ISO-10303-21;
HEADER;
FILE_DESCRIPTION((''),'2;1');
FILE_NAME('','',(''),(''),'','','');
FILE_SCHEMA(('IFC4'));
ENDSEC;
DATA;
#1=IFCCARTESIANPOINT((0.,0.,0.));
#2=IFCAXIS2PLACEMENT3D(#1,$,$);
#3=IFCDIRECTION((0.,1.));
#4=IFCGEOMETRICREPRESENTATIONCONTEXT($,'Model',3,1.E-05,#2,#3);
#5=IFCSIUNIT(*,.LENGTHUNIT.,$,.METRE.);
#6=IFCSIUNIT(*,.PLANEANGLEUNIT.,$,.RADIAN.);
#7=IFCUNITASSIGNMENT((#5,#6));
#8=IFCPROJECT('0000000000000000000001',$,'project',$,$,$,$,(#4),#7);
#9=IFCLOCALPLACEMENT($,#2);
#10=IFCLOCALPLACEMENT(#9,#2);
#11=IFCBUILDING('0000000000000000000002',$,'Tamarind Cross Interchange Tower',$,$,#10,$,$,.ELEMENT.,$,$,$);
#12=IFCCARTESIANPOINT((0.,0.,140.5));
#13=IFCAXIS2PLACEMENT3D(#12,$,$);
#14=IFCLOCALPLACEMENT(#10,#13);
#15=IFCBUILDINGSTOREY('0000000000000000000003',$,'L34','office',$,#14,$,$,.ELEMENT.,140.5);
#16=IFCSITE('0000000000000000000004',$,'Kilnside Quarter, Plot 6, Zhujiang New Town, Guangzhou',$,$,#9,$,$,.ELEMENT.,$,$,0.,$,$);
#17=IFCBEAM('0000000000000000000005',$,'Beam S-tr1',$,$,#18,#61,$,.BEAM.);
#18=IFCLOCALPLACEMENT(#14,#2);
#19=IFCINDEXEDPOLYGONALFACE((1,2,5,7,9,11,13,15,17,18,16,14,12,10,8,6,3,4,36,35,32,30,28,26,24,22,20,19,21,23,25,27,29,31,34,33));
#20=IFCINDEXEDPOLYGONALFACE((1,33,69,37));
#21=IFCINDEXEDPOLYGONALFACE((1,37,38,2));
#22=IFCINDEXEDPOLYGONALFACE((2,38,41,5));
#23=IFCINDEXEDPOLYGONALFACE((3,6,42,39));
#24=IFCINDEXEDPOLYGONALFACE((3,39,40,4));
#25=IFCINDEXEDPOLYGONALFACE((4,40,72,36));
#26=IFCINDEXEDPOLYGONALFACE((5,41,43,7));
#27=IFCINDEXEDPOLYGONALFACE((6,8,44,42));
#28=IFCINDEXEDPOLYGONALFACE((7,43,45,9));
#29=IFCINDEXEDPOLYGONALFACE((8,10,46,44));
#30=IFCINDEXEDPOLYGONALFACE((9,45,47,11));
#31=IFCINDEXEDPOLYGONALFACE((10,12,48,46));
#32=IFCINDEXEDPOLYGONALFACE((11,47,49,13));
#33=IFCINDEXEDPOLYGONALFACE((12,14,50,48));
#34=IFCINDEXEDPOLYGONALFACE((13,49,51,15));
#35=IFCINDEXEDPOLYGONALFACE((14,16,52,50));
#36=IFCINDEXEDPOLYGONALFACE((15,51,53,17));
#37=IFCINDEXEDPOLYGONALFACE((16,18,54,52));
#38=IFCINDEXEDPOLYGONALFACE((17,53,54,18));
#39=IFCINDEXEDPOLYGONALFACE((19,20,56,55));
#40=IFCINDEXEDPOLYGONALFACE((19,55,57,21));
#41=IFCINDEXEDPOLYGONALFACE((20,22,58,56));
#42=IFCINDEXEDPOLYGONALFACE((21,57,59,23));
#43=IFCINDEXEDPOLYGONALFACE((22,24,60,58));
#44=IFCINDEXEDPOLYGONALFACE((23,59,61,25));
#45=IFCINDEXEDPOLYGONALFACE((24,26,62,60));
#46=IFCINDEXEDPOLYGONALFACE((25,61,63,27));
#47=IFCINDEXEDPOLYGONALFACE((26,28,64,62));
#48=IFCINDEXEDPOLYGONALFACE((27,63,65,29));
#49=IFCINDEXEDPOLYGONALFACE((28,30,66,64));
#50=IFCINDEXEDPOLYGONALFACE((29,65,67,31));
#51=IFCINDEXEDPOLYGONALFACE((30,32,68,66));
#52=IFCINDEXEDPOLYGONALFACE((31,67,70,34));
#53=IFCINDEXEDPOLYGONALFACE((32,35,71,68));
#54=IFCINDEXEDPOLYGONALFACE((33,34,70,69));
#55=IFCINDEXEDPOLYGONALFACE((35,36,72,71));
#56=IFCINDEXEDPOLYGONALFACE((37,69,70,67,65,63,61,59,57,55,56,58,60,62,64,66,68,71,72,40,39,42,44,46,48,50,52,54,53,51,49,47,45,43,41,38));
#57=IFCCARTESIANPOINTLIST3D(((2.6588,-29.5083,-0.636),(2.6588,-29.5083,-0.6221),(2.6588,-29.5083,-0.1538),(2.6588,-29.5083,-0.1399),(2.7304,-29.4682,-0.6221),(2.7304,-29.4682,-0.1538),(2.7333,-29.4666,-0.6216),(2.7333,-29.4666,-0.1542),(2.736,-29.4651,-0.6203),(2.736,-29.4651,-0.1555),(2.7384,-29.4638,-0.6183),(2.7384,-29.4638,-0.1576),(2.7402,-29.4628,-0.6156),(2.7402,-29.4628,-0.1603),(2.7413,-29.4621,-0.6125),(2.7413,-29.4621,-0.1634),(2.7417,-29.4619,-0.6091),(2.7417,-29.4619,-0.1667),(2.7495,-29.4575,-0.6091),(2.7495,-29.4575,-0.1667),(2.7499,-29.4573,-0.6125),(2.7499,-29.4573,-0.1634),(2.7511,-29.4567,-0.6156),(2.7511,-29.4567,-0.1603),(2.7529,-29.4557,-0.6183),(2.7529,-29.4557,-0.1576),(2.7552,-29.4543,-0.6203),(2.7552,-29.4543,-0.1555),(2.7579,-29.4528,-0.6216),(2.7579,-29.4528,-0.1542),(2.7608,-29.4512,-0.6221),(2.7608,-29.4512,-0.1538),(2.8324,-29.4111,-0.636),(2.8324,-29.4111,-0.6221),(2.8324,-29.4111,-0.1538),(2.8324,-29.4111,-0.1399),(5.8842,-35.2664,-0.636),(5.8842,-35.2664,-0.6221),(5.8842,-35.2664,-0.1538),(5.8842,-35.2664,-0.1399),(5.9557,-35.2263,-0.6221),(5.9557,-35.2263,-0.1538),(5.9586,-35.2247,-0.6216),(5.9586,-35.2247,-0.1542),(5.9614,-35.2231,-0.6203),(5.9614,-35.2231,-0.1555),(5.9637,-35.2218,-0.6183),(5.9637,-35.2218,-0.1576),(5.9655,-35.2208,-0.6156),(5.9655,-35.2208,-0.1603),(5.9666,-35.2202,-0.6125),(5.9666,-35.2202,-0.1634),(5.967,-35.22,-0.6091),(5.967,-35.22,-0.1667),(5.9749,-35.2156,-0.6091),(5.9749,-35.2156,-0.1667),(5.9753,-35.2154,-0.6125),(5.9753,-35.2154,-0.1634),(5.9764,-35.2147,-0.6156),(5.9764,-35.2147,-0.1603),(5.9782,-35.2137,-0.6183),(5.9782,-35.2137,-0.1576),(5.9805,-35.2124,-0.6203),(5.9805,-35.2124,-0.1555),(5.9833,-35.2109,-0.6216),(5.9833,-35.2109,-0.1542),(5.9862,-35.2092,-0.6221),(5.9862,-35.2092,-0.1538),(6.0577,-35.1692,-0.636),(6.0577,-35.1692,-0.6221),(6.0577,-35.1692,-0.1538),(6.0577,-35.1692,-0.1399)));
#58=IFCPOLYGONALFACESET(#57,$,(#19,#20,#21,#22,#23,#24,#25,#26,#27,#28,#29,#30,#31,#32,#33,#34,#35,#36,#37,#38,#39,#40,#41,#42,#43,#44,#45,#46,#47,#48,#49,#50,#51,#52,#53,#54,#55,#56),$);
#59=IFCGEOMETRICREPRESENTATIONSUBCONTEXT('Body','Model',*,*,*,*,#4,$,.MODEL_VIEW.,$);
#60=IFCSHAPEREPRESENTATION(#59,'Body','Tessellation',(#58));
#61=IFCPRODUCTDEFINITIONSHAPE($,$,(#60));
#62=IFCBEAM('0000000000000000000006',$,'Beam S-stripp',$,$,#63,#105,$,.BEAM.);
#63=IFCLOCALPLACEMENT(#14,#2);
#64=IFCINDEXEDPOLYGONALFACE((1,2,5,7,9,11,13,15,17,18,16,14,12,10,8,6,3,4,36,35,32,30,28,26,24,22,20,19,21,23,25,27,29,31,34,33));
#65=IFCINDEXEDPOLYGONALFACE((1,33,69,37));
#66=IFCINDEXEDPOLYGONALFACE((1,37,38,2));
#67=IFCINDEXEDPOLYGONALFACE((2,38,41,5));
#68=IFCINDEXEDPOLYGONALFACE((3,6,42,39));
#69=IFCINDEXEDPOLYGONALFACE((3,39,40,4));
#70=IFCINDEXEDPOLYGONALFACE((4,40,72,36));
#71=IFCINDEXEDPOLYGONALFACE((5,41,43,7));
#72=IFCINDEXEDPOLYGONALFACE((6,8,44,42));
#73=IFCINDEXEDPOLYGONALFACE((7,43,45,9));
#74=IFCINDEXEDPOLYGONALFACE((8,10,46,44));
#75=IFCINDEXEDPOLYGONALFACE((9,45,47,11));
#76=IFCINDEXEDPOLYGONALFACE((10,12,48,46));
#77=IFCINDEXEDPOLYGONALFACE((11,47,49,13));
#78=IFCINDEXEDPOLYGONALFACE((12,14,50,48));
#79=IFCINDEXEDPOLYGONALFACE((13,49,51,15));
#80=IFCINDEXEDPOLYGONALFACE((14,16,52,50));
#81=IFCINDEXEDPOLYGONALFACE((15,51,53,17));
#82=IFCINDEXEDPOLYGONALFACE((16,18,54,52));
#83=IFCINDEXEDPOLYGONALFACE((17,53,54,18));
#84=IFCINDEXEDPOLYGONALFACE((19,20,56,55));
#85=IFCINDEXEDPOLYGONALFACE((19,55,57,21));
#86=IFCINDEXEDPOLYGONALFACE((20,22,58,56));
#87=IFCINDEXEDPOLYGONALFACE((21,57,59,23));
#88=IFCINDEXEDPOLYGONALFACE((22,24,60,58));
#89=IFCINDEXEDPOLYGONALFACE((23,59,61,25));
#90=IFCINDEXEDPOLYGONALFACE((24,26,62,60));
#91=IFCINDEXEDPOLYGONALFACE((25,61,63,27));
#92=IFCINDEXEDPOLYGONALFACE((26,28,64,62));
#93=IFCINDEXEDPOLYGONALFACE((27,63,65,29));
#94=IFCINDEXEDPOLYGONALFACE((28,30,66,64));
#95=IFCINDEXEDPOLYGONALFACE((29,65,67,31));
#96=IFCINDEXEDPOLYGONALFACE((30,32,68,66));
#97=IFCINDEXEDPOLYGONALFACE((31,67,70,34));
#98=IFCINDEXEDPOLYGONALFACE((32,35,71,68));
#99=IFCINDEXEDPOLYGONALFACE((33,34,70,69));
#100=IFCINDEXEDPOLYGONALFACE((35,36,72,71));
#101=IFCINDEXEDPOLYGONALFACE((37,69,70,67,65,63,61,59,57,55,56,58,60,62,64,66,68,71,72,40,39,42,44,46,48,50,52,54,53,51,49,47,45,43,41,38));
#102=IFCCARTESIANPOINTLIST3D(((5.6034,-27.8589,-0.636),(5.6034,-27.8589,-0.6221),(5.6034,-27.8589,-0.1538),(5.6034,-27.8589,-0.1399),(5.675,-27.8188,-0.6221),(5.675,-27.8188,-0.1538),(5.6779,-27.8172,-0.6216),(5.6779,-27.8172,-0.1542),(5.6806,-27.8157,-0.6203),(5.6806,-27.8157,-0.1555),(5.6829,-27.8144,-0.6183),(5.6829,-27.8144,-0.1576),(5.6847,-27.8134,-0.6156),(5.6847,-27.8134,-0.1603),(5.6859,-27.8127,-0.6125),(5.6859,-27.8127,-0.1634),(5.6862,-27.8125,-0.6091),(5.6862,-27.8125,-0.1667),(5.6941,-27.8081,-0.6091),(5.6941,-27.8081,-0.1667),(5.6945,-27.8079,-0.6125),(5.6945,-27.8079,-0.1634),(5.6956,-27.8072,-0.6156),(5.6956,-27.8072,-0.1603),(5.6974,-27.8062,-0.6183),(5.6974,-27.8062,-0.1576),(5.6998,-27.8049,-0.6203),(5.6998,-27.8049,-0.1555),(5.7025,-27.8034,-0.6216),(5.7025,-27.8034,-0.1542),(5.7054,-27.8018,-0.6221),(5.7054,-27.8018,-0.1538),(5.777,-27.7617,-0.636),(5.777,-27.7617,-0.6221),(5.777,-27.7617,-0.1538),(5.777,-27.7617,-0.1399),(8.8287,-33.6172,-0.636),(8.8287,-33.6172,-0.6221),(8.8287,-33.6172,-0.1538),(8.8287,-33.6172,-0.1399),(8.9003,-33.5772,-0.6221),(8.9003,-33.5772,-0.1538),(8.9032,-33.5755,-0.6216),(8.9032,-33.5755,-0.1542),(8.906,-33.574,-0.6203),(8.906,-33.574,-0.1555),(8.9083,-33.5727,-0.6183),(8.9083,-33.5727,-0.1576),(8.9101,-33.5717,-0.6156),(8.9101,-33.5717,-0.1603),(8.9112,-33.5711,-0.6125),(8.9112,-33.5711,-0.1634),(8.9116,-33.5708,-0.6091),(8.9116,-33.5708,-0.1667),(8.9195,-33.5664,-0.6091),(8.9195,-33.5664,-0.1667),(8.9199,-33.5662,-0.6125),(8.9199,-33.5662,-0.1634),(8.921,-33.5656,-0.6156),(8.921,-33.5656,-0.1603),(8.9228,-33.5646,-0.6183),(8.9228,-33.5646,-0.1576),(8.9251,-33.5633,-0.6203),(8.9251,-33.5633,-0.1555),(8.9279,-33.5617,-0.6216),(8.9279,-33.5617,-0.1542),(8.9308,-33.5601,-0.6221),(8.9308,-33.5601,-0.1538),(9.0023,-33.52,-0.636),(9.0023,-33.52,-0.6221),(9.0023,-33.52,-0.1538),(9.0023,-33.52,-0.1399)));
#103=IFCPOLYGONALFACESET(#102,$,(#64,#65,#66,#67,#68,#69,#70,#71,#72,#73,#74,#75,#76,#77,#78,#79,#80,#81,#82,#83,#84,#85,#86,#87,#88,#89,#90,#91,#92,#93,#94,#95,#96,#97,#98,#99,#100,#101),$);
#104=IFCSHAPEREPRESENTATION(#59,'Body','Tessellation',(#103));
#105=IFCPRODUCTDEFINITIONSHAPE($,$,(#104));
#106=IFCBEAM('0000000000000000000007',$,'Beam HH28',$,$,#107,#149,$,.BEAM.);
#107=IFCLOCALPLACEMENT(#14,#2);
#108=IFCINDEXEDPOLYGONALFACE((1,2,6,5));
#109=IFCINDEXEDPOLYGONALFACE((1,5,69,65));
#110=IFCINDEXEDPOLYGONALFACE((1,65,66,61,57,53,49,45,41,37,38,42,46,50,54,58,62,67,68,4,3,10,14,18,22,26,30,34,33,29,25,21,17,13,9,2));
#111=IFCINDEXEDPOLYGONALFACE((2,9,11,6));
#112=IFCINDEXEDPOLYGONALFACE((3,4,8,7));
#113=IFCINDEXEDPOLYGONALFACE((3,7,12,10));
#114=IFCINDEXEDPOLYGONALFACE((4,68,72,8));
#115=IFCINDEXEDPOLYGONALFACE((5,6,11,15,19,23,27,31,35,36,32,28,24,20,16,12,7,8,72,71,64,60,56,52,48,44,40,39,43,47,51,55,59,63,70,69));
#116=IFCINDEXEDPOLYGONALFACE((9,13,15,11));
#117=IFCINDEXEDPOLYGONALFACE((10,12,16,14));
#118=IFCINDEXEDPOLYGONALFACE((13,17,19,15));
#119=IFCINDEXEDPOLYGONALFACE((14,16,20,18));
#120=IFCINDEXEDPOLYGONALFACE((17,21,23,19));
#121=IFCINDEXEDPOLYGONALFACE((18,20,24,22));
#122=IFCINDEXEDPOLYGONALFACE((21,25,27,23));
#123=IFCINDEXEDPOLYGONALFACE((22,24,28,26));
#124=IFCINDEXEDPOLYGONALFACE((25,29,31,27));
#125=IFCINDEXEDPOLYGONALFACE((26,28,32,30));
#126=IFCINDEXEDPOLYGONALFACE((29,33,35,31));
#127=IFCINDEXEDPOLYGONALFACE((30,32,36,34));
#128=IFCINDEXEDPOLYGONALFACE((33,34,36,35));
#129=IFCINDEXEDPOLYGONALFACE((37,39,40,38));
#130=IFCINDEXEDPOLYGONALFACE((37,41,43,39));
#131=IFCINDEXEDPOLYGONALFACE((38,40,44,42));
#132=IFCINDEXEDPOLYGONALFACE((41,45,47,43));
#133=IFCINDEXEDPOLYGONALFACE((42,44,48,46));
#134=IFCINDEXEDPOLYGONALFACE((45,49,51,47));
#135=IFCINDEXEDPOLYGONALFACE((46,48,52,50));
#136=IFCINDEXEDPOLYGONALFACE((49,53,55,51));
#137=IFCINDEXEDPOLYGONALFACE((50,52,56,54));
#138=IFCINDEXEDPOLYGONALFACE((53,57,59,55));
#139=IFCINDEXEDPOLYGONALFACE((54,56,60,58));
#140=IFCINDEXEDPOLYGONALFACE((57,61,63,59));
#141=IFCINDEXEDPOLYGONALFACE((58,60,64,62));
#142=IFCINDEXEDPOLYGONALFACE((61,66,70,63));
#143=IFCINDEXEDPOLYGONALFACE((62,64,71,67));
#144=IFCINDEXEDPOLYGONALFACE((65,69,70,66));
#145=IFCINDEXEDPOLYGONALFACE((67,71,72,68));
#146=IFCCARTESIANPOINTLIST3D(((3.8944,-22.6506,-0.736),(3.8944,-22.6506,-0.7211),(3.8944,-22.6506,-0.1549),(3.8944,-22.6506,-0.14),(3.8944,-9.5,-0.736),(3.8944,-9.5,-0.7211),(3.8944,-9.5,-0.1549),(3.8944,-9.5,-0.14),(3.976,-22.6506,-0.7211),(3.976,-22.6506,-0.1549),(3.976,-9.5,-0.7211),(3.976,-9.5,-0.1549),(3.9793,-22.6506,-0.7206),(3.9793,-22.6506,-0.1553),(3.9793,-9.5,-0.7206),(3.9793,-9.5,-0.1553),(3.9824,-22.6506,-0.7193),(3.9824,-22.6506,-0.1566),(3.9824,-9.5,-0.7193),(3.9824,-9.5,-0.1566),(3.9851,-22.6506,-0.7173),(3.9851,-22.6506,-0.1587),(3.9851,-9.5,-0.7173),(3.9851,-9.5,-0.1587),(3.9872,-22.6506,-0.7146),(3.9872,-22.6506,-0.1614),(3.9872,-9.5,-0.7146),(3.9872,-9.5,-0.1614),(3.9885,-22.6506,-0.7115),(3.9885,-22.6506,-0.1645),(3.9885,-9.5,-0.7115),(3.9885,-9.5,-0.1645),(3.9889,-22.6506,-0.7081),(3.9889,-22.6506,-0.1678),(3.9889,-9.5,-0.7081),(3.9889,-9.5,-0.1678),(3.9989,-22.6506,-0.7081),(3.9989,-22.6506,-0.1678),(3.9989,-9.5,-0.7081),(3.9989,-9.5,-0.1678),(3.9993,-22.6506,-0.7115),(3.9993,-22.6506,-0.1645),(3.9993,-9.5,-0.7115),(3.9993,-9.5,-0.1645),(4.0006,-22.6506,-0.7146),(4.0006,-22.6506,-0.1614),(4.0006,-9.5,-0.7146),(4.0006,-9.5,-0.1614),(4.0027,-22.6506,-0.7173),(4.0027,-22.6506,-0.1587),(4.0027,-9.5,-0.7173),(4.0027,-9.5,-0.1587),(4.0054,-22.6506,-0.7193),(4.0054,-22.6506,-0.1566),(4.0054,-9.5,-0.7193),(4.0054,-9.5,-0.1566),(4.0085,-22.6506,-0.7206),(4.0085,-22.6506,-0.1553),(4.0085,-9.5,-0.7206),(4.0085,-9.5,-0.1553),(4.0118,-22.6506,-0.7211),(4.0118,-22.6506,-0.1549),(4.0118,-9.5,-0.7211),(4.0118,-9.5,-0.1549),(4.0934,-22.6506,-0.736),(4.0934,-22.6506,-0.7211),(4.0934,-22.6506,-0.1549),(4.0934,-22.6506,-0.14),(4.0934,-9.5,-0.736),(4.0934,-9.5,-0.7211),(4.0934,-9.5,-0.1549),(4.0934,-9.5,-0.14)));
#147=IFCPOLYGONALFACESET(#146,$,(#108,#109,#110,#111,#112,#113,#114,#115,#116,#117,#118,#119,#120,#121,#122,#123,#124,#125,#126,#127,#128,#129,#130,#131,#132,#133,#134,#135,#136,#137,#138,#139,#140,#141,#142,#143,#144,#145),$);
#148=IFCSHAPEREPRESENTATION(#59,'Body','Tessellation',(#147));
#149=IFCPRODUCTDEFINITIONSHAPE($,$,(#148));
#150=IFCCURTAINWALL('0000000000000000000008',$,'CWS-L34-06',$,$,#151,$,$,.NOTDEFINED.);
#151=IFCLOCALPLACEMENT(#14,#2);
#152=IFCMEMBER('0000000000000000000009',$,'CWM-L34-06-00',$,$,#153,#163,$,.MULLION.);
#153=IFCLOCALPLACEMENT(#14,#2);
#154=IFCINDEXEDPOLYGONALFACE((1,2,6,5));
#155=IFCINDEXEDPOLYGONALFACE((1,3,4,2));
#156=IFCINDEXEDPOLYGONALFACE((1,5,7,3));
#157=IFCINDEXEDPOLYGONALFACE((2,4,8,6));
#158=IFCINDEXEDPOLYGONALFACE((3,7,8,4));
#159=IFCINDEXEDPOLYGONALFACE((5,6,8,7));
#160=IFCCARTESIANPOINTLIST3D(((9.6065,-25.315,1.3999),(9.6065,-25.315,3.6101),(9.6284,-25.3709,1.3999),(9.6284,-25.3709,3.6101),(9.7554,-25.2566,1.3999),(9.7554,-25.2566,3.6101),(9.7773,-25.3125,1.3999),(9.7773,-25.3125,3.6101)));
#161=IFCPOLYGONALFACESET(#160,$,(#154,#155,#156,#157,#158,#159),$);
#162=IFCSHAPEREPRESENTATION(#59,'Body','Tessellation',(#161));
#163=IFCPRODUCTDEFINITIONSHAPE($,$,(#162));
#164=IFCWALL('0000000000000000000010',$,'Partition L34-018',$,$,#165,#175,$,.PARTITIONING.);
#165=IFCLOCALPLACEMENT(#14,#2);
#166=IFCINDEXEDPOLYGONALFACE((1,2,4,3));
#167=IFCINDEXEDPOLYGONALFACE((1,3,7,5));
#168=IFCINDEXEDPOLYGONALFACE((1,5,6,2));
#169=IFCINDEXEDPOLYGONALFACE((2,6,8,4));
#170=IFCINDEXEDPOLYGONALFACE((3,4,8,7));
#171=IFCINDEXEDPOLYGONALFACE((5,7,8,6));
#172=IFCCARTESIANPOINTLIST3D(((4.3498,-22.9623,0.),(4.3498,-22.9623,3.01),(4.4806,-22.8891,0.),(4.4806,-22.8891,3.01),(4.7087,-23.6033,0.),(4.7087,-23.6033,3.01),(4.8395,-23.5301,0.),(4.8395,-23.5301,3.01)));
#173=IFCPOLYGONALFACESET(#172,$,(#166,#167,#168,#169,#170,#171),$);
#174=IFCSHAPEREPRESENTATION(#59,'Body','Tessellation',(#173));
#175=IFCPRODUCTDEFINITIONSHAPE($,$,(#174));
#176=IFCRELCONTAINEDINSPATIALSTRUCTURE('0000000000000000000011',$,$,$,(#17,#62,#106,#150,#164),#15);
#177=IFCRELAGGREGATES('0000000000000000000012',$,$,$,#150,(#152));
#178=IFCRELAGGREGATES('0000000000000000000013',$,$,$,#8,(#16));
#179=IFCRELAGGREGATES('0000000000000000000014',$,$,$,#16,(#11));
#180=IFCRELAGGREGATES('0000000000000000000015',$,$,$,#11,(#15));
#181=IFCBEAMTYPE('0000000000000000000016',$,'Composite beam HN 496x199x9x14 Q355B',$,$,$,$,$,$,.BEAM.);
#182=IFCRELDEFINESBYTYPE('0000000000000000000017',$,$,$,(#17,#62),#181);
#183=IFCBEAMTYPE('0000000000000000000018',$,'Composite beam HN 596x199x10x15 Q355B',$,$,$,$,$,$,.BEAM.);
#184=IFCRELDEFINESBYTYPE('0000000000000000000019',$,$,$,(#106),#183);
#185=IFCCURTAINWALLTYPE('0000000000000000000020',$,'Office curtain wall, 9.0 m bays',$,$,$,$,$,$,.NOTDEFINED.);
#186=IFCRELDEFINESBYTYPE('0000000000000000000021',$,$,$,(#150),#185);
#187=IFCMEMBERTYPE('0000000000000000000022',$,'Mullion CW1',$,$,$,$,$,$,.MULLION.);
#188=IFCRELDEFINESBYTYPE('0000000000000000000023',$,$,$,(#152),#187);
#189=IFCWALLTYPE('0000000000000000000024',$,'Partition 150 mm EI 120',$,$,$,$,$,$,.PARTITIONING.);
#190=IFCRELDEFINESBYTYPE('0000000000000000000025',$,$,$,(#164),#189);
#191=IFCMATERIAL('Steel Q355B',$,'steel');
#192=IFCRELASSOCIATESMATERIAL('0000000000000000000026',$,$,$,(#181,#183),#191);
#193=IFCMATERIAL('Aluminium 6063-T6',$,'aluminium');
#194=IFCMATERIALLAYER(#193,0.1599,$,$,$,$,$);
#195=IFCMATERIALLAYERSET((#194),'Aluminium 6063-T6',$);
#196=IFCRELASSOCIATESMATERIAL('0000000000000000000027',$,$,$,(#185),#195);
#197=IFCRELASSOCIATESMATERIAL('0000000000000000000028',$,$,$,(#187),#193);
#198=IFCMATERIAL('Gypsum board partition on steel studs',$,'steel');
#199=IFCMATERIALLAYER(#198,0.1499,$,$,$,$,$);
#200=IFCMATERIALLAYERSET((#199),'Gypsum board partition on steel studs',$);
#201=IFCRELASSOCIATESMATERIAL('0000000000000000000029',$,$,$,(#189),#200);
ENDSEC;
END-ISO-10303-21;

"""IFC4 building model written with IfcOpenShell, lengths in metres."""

from ifc_helpers import new_model, si_unit, direction, frame, frame_2d, origin, origin_2d, place, context, subcontext, project, spatial, rectangle, i_section, extrude, material, layer, layer_set, material_profile, profile_set, type_object, element, aggregate, save


model = new_model("IFC4")

# Units and contexts
model_context = context("Model", 3, precision=1e-05, world=origin(), true_north=direction((0.0, 1.0)))
body_context = subcontext(model_context, "Body", "Model", "MODEL_VIEW")
ifc_project = project(units=[si_unit("LENGTHUNIT", "METRE"), si_unit("PLANEANGLEUNIT", "RADIAN")], contexts=[model_context])

# Site, building, storey
site_placement = place(None, origin())
site = spatial("IfcSite", under=ifc_project, at=site_placement, Name="Kilnside Quarter, Plot 6, Zhujiang New Town, Guangzhou", CompositionType="ELEMENT", RefElevation=0.0)
building_placement = place(site_placement, origin())
building = spatial("IfcBuilding", under=site, at=building_placement, Name="Tamarind Cross Interchange Tower", CompositionType="ELEMENT")
storey_placement = place(building_placement, frame((0.0, 0.0, 140.5)))
storey = spatial("IfcBuildingStorey", under=building, at=storey_placement, Name="L34", Description="office", CompositionType="ELEMENT", Elevation=140.5)

# Beams
ifc_material_1 = material(Name="Steel Q355B", Category="steel")
ifc_material_profile_1 = material_profile(ifc_material_1, i_section(OverallWidth=0.199, OverallDepth=0.4961, WebThickness=0.009, FlangeThickness=0.0139, FilletRadius=0.0129, at=origin_2d()), Name="HN 496x199x9x14")
ifc_profile_set_1 = profile_set([ifc_material_profile_1], Name="Steel Q355B")
beam_type_1 = type_object("IfcBeamType", Name="Composite beam HN 496x199x9x14 Q355B", PredefinedType="BEAM", material=ifc_profile_set_1)
beam_1_placement = place(storey_placement, frame((2.7456, -29.4597, -0.3879), z_axis=(0.488699, -0.872452, 0.0), x_axis=(0.872452, 0.488699, 0.0)))
element("IfcBeam", 1, at=beam_1_placement, inside=storey, type_object=beam_type_1, Name="Beam S-tr1", PredefinedType="BEAM", context=body_context, shape_type="SweptSolid", body=[
    extrude(i_section(OverallWidth=0.199, OverallDepth=0.4961, WebThickness=0.009, FlangeThickness=0.0139, FilletRadius=0.0129, at=origin_2d()), origin(), (0.0, 0.0, 1.0), 6.5999),
])
beam_2_placement = place(storey_placement, frame((5.6902, -27.8103, -0.3879), z_axis=(0.488683, -0.872461, 0.0), x_axis=(0.872461, 0.488683, 0.0)))
element("IfcBeam", 2, at=beam_2_placement, inside=storey, type_object=beam_type_1, Name="Beam S-stripp", PredefinedType="BEAM", context=body_context, shape_type="SweptSolid", body=[
    extrude(i_section(OverallWidth=0.199, OverallDepth=0.4961, WebThickness=0.009, FlangeThickness=0.0139, FilletRadius=0.0129, at=origin_2d()), origin(), (0.0, 0.0, 1.0), 6.6001),
])
ifc_material_profile_2 = material_profile(ifc_material_1, i_section(OverallWidth=0.199, OverallDepth=0.5959, WebThickness=0.01, FlangeThickness=0.0149, FilletRadius=0.0129, at=origin_2d()), Name="HN 596x199x10x15")
ifc_profile_set_2 = profile_set([ifc_material_profile_2], Name="Steel Q355B")
beam_type_2 = type_object("IfcBeamType", Name="Composite beam HN 596x199x10x15 Q355B", PredefinedType="BEAM", material=ifc_profile_set_2)
beam_3_placement = place(storey_placement, frame((3.9939, -22.6506, -0.438), z_axis=(0.0, 1.0, 0.0), x_axis=(-1.0, 0.0, 0.0)))
element("IfcBeam", 3, at=beam_3_placement, inside=storey, type_object=beam_type_2, Name="Beam HH28", PredefinedType="BEAM", context=body_context, shape_type="SweptSolid", body=[
    extrude(i_section(OverallWidth=0.199, OverallDepth=0.5959, WebThickness=0.01, FlangeThickness=0.0149, FilletRadius=0.0129, at=origin_2d()), origin(), (0.0, 0.0, 1.0), 13.1506),
])

# Curtain wall, member
ifc_material_2 = material(Name="Aluminium 6063-T6", Category="aluminium")
ifc_layer_1 = layer(ifc_material_2, 0.1599)
ifc_layer_set_1 = layer_set([ifc_layer_1], Name="Aluminium 6063-T6")
curtain_wall_type = type_object("IfcCurtainWallType", Name="Office curtain wall, 9.0 m bays", PredefinedType="NOTDEFINED", material=ifc_layer_set_1)
curtain_wall_placement = place(storey_placement, origin())
curtain_wall = element("IfcCurtainWall", 4, at=curtain_wall_placement, inside=storey, type_object=curtain_wall_type, Name="CWS-L34-06", PredefinedType="NOTDEFINED")
ifc_material_profile_3 = material_profile(ifc_material_2, rectangle(XDim=0.0601, YDim=0.1599, at=origin_2d()), Name="Mullion CW1")
ifc_profile_set_3 = profile_set([ifc_material_profile_3], Name="Aluminium 6063-T6")
member_type = type_object("IfcMemberType", Name="Mullion CW1", PredefinedType="MULLION", material=ifc_profile_set_3)
member_placement = place(storey_placement, frame((9.6919, -25.3137, 1.3999), z_axis=(0.0, 0.0, 1.0), x_axis=(-0.365354, 0.930869, 0.0)))
member = element("IfcMember", 5, at=member_placement, type_object=member_type, Name="CWM-L34-06-00", PredefinedType="MULLION", context=body_context, shape_type="SweptSolid", body=[
    extrude(rectangle(XDim=0.0601, YDim=0.1599, at=origin_2d()), origin(), (0.0, 0.0, 1.0), 2.2102),
])
aggregate(curtain_wall, [member])

# Wall
ifc_material_3 = material(Name="Gypsum board partition on steel studs", Category="steel")
ifc_layer_2 = layer(ifc_material_3, 0.1499)
ifc_layer_set_2 = layer_set([ifc_layer_2], Name="Gypsum board partition on steel studs")
wall_type_1 = type_object("IfcWallType", Name="Partition 150 mm EI 120", PredefinedType="PARTITIONING", material=ifc_layer_set_2)
wall_1_placement = place(storey_placement, frame((4.4153, -22.9258, 0.0), z_axis=(0.0, 0.0, 1.0), x_axis=(0.488462, -0.872585, 0.0)))
element("IfcWall", 6, at=wall_1_placement, inside=storey, type_object=wall_type_1, Name="Partition L34-018", PredefinedType="PARTITIONING", context=body_context, shape_type="SweptSolid", body=[
    extrude(rectangle(XDim=0.7346, YDim=0.1499, at=frame_2d((0.3672, 0.0))), origin(), (0.0, 0.0, 1.0), 3.01),
])

save(model, "model.ifc")
